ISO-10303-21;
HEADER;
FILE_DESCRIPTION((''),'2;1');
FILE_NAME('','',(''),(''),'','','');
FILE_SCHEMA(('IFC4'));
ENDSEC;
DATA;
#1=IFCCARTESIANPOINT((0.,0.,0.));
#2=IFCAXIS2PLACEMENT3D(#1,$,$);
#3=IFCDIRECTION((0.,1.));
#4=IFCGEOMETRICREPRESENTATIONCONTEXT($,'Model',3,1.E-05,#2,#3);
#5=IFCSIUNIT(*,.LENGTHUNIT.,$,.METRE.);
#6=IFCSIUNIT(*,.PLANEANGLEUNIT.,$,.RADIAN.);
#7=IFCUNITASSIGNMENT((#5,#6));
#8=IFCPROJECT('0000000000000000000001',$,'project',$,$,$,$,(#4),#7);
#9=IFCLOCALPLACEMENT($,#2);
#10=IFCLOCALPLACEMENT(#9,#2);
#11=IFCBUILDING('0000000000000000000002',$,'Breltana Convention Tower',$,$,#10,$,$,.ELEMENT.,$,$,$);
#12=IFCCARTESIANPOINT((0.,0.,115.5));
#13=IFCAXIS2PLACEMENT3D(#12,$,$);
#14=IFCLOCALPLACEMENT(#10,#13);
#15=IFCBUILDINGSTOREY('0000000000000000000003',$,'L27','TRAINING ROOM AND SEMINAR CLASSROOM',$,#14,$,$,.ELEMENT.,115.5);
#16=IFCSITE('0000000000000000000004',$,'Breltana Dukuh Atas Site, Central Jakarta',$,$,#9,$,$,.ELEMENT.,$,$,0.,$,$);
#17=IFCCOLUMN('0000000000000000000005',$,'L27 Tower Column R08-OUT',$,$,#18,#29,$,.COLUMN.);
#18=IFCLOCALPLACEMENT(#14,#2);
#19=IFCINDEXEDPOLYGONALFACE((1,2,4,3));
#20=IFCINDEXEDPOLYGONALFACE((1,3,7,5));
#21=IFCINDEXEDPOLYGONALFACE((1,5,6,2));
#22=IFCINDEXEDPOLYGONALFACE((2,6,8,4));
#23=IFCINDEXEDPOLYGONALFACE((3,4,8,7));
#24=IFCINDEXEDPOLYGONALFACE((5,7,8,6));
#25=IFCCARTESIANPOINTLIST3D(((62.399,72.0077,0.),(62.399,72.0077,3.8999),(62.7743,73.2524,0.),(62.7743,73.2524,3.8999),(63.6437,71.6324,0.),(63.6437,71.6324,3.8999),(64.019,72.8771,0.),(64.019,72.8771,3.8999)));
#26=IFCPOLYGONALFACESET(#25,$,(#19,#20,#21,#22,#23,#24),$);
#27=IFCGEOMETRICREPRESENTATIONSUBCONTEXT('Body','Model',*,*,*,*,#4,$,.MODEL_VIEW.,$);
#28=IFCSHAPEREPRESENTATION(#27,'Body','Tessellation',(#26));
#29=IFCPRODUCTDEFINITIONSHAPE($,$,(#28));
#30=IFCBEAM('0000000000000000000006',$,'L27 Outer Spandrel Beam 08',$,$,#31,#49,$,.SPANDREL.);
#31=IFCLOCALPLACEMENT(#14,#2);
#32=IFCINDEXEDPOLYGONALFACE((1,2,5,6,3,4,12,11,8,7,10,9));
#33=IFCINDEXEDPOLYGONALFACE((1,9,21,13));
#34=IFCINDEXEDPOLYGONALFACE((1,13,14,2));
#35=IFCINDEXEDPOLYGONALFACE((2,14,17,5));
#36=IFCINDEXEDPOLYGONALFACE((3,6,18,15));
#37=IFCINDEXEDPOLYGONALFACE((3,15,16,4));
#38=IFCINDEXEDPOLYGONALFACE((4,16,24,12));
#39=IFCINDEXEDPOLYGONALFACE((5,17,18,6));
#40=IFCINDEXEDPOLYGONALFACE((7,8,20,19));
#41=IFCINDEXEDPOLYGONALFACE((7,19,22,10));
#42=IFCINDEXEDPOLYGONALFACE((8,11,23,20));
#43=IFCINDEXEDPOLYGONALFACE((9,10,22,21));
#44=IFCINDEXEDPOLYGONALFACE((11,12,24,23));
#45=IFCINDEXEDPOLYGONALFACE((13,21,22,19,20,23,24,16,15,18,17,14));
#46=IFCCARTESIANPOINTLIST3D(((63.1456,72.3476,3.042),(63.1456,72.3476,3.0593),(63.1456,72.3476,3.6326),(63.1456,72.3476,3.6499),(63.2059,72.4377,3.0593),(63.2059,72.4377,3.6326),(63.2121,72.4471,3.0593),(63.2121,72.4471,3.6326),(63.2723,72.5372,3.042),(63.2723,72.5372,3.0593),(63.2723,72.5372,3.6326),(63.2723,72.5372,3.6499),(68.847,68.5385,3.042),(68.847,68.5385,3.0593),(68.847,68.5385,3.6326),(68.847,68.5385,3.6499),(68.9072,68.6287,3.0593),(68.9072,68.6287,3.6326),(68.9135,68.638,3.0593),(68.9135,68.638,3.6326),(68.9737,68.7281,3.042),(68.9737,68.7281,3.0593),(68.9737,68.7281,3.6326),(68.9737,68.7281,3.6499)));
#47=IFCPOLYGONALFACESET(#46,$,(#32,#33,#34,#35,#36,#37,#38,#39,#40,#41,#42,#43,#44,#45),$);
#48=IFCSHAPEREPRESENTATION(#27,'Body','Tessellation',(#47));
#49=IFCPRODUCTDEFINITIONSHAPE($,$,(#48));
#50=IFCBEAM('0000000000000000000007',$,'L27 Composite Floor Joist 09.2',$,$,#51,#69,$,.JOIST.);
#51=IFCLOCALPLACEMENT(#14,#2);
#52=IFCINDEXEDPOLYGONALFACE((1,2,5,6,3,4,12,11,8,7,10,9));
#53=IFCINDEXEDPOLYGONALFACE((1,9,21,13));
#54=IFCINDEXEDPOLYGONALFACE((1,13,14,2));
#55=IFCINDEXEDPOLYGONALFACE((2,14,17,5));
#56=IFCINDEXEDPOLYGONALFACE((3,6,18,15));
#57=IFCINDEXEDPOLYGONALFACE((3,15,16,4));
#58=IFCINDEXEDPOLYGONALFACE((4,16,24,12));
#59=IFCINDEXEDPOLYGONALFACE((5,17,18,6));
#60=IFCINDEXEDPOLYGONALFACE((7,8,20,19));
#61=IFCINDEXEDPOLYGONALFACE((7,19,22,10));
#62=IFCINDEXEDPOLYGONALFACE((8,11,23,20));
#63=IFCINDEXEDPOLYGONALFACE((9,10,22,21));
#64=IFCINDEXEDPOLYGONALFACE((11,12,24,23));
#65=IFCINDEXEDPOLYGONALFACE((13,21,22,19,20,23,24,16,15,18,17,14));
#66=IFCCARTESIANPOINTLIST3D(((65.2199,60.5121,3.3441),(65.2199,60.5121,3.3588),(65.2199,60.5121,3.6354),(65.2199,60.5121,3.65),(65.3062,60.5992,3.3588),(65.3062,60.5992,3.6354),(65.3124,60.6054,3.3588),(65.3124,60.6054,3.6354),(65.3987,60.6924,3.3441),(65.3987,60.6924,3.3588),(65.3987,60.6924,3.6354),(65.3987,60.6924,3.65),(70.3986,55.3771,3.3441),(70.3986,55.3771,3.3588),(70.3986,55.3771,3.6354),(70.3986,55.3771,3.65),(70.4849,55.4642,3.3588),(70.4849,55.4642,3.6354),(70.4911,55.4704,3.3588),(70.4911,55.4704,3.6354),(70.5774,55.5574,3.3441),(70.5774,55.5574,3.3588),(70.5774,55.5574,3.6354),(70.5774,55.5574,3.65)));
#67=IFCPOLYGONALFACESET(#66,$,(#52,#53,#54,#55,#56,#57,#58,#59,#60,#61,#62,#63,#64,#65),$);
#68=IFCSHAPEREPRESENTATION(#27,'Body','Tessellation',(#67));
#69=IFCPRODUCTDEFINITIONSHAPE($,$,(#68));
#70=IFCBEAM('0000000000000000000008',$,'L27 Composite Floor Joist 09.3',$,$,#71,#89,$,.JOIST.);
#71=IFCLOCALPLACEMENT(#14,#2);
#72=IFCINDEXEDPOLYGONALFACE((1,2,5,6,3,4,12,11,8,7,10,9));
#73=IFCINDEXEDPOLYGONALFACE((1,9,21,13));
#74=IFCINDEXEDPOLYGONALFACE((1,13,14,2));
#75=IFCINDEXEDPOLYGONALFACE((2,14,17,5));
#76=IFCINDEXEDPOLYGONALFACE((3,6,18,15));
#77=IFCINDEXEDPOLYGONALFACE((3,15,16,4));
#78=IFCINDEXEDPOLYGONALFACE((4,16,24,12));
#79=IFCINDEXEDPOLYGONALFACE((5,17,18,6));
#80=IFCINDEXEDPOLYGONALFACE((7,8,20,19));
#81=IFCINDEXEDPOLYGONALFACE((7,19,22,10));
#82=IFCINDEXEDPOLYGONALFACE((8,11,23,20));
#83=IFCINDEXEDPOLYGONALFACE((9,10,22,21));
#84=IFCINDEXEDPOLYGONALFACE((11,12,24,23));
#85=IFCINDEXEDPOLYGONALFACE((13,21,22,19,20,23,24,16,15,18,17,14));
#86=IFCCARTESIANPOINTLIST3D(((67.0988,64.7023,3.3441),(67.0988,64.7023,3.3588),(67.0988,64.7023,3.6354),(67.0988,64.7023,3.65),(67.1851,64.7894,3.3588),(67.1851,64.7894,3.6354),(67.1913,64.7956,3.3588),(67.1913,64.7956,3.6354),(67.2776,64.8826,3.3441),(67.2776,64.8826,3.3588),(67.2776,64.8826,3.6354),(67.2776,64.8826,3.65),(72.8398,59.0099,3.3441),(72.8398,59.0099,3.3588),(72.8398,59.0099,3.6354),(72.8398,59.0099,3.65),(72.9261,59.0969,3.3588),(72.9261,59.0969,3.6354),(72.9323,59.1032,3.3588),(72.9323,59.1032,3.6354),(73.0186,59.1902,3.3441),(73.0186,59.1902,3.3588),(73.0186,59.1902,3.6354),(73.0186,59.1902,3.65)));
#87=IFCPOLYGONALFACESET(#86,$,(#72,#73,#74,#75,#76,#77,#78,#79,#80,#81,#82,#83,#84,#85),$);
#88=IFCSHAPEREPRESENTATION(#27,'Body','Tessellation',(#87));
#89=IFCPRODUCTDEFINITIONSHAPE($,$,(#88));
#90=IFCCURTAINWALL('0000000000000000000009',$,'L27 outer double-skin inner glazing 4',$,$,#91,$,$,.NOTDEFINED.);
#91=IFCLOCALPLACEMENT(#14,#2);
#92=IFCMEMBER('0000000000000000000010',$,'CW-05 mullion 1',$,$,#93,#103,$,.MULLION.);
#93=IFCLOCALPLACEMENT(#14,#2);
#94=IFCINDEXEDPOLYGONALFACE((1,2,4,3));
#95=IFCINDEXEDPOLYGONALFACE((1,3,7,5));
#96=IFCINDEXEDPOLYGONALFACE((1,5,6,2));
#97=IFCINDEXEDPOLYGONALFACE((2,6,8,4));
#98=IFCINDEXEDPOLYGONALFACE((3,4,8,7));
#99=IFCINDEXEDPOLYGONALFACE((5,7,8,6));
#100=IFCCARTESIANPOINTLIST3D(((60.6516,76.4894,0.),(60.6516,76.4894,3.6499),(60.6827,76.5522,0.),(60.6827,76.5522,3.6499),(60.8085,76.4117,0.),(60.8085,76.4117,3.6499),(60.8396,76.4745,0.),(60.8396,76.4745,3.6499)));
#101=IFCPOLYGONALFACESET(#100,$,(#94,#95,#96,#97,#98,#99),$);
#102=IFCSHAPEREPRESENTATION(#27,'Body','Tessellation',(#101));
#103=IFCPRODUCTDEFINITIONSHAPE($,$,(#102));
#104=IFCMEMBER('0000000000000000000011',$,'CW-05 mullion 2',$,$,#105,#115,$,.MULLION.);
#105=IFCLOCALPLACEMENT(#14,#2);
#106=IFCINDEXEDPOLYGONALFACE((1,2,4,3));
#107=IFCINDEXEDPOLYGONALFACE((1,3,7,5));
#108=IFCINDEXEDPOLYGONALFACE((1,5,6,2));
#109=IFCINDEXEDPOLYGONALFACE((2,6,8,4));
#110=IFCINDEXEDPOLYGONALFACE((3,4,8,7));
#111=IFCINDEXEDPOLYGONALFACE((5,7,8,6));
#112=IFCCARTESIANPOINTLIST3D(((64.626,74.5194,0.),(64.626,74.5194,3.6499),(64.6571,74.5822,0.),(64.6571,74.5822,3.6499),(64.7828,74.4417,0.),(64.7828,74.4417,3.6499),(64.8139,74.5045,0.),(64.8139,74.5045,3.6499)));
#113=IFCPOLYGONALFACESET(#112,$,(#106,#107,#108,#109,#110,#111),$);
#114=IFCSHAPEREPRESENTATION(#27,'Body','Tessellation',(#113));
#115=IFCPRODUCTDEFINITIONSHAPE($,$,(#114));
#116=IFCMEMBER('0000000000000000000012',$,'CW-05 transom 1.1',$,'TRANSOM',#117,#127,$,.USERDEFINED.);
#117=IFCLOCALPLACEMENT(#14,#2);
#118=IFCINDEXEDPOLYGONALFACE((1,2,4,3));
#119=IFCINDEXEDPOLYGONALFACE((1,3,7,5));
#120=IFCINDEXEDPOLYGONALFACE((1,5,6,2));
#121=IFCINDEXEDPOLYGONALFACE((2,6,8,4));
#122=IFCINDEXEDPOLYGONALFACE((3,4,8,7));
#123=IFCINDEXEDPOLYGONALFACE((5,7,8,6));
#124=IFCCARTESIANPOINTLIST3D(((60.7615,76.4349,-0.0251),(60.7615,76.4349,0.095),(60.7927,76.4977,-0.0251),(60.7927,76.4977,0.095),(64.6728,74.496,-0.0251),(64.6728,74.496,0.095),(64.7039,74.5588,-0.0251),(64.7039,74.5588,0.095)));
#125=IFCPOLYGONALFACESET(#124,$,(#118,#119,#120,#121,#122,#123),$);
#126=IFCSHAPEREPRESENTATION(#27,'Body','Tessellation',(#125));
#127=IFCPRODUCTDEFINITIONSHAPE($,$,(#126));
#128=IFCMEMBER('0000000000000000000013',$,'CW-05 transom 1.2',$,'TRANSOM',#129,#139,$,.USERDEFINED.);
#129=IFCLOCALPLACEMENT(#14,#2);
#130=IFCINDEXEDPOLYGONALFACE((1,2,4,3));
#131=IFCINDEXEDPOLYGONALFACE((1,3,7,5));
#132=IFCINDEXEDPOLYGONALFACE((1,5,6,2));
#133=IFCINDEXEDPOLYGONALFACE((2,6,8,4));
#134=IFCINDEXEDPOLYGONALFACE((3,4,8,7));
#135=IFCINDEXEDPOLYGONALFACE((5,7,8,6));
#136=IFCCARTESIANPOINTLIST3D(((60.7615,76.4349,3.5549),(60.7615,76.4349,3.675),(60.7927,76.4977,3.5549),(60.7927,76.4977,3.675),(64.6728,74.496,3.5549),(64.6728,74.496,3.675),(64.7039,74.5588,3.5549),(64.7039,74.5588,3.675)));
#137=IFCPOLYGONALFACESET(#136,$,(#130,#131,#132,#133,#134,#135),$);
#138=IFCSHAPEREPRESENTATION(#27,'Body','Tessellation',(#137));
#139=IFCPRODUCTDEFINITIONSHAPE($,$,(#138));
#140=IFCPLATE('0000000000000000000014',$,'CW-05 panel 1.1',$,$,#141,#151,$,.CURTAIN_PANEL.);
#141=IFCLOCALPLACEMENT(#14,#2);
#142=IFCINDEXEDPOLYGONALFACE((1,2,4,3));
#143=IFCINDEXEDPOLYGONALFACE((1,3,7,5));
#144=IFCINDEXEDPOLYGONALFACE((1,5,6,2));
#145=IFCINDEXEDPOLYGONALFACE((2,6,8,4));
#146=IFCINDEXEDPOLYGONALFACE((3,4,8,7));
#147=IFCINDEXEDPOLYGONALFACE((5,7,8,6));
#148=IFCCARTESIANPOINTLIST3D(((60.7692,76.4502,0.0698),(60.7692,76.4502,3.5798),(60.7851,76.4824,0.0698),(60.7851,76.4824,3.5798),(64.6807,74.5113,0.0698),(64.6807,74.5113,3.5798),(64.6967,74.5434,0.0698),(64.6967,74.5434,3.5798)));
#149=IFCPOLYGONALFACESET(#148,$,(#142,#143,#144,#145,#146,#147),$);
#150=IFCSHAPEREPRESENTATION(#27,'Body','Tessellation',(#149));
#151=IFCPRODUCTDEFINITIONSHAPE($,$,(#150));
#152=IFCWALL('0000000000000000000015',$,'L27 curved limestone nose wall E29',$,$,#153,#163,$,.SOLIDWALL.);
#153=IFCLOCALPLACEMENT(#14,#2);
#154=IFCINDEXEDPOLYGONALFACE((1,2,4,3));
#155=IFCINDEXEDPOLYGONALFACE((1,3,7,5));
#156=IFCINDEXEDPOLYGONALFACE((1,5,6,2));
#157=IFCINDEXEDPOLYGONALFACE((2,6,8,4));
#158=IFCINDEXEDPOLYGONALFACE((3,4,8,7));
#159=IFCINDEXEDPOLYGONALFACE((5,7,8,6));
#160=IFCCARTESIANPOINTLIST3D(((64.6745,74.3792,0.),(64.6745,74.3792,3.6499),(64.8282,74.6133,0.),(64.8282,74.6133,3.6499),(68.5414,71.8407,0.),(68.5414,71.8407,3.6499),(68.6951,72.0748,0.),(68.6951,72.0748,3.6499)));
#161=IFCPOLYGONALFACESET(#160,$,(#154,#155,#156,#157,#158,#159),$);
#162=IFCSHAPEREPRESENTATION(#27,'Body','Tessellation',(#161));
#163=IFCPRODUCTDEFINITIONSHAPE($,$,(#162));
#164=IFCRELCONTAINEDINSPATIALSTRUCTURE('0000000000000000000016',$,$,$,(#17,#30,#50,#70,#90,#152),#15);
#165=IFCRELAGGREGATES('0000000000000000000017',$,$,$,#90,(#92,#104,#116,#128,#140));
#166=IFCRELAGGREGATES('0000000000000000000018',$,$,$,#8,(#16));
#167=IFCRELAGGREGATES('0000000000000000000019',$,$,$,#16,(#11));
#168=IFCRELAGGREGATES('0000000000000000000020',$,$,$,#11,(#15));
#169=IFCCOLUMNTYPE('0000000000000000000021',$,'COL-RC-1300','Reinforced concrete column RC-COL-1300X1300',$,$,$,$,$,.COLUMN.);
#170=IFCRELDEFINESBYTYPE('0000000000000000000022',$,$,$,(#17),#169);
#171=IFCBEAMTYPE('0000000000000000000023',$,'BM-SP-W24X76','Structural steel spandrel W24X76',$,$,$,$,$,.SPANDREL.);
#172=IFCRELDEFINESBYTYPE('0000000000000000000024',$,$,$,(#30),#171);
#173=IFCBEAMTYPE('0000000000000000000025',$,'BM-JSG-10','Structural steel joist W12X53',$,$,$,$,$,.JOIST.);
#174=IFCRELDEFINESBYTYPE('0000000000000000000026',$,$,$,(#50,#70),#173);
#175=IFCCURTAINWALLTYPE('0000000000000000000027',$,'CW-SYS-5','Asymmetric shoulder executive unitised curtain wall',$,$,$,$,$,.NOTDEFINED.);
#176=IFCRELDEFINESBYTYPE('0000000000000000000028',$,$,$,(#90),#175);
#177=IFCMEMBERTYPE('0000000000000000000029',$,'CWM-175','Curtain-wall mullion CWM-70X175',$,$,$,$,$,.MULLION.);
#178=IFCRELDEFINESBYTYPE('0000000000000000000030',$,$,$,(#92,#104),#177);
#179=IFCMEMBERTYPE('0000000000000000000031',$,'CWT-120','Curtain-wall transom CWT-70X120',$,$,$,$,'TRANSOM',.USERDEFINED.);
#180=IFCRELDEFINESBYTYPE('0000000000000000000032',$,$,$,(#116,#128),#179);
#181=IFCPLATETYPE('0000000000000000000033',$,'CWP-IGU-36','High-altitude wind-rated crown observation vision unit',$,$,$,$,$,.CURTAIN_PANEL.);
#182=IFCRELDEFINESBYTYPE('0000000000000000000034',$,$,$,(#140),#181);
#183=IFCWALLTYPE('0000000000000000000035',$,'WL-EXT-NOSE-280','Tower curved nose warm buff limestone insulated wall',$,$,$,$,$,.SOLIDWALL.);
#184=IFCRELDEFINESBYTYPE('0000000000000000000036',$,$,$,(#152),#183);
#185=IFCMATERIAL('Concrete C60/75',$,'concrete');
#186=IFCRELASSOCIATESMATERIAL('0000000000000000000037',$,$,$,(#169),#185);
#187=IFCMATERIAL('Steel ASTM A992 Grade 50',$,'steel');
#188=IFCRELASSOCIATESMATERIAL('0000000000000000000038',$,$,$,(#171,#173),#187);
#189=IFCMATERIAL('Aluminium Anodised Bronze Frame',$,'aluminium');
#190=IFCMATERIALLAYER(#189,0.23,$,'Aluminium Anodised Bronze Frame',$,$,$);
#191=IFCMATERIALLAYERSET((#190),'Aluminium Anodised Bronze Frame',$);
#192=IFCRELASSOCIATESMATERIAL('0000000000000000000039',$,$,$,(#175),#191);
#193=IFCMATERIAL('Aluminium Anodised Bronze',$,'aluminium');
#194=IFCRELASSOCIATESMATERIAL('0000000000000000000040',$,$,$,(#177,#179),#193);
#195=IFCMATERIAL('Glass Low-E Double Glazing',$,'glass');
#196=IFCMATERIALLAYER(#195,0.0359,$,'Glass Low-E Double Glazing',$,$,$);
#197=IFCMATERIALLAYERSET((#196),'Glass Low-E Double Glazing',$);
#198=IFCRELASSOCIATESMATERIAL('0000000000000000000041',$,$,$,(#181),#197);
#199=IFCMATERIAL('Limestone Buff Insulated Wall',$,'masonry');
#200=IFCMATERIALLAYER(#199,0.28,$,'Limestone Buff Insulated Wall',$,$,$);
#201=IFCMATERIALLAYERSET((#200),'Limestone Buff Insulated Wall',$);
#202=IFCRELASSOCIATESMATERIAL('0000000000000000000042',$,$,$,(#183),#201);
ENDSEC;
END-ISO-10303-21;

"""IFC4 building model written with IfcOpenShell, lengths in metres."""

from ifc_helpers import new_model, si_unit, direction, frame, frame_2d, origin, origin_2d, place, context, subcontext, project, spatial, rectangle, i_section, extrude, source, transform, mapped, material, layer, layer_set, material_profile, profile_set, type_object, element, aggregate, save


model = new_model("IFC4")

# Units and contexts
model_context = context("Model", 3, precision=1e-05, world=origin(), true_north=direction((0.0, 1.0)))
body_context = subcontext(model_context, "Body", "Model", "MODEL_VIEW")
ifc_project = project(units=[si_unit("LENGTHUNIT", "METRE"), si_unit("PLANEANGLEUNIT", "RADIAN")], contexts=[model_context])

# Site, building, storey
site_placement = place(None, origin())
site = spatial("IfcSite", under=ifc_project, at=site_placement, Name="Breltana Dukuh Atas Site, Central Jakarta", CompositionType="ELEMENT", RefElevation=0.0)
building_placement = place(site_placement, origin())
building = spatial("IfcBuilding", under=site, at=building_placement, Name="Breltana Convention Tower", CompositionType="ELEMENT")
storey_placement = place(building_placement, frame((0.0, 0.0, 115.5)))
storey = spatial("IfcBuildingStorey", under=building, at=storey_placement, Name="L27", Description="TRAINING ROOM AND SEMINAR CLASSROOM", CompositionType="ELEMENT", Elevation=115.5)

# Column
ifc_material_1 = material(Name="Concrete C60/75", Category="concrete")
ifc_material_profile_1 = material_profile(ifc_material_1, rectangle(XDim=1.3, YDim=1.3, at=origin_2d()), Name="RC-COL-1300X1300")
ifc_profile_set_1 = profile_set([ifc_material_profile_1], Name="Concrete C60/75")
column_type = type_object("IfcColumnType", Name="COL-RC-1300", Description="Reinforced concrete column RC-COL-1300X1300", PredefinedType="COLUMN", material=ifc_profile_set_1)
shared_shape_1 = source(origin(), body_context, "Body", "SweptSolid", [
    extrude(rectangle(XDim=1.3, YDim=1.3, at=origin_2d()), origin(), (0.0, 0.0, 1.0), 3.8999),
])
column_placement = place(storey_placement, frame((63.209, 72.4424, 0.0), z_axis=(0.0, 0.0, 1.0), x_axis=(0.288698, 0.95742, 0.0)))
element("IfcColumn", 1, at=column_placement, inside=storey, type_object=column_type, Name="L27 Tower Column R08-OUT", PredefinedType="COLUMN", context=body_context, shape_type="MappedRepresentation", body=[
    mapped(shared_shape_1, transform((0.0, 0.0, 0.0), scale=1.0)),
])

# Beams
ifc_material_2 = material(Name="Steel ASTM A992 Grade 50", Category="steel")
ifc_material_profile_2 = material_profile(ifc_material_2, i_section(OverallWidth=0.228, OverallDepth=0.6079, WebThickness=0.0112, FlangeThickness=0.0173, at=origin_2d()), Name="W24X76")
ifc_profile_set_2 = profile_set([ifc_material_profile_2], Name="Steel ASTM A992 Grade 50")
beam_type_1 = type_object("IfcBeamType", Name="BM-SP-W24X76", Description="Structural steel spandrel W24X76", PredefinedType="SPANDREL", material=ifc_profile_set_2)
shared_shape_2 = source(origin(), body_context, "Body", "SweptSolid", [
    extrude(i_section(OverallWidth=0.228, OverallDepth=0.6079, WebThickness=0.0112, FlangeThickness=0.0173, at=origin_2d()), origin(), (0.0, 0.0, 1.0), 6.8567),
])
beam_1_placement = place(storey_placement, frame((63.209, 72.4424, 3.3459), z_axis=(0.831502, -0.555522, 0.0), x_axis=(0.555522, 0.831502, 0.0)))
element("IfcBeam", 2, at=beam_1_placement, inside=storey, type_object=beam_type_1, Name="L27 Outer Spandrel Beam 08", PredefinedType="SPANDREL", context=body_context, shape_type="MappedRepresentation", body=[
    mapped(shared_shape_2, transform((0.0, 0.0, 0.0), scale=1.0)),
])
ifc_material_profile_3 = material_profile(ifc_material_2, i_section(OverallWidth=0.2539, OverallDepth=0.3059, WebThickness=0.0088, FlangeThickness=0.0146, at=origin_2d()), Name="W12X53")
ifc_profile_set_3 = profile_set([ifc_material_profile_3], Name="Steel ASTM A992 Grade 50")
beam_type_2 = type_object("IfcBeamType", Name="BM-JSG-10", Description="Structural steel joist W12X53", PredefinedType="JOIST", material=ifc_profile_set_3)
shared_shape_3 = source(origin(), body_context, "Body", "SweptSolid", [
    extrude(i_section(OverallWidth=0.2539, OverallDepth=0.3059, WebThickness=0.0088, FlangeThickness=0.0146, at=origin_2d()), origin(), (0.0, 0.0, 1.0), 7.293),
])
beam_2_placement = place(storey_placement, frame((65.3093, 60.6023, 3.4971), z_axis=(0.710097, -0.704104, 0.0), x_axis=(0.704104, 0.710097, 0.0)))
element("IfcBeam", 3, at=beam_2_placement, inside=storey, type_object=beam_type_2, Name="L27 Composite Floor Joist 09.2", PredefinedType="JOIST", context=body_context, shape_type="MappedRepresentation", body=[
    mapped(shared_shape_3, transform((0.0, 0.0, 0.0), scale=1.0)),
])
shared_shape_4 = source(origin(), body_context, "Body", "SweptSolid", [
    extrude(i_section(OverallWidth=0.2539, OverallDepth=0.3059, WebThickness=0.0088, FlangeThickness=0.0146, at=origin_2d()), origin(), (0.0, 0.0, 1.0), 8.0847),
])
beam_3_placement = place(storey_placement, frame((67.1882, 64.7925, 3.4971), z_axis=(0.710105, -0.704096, 0.0), x_axis=(0.704096, 0.710105, 0.0)))
element("IfcBeam", 4, at=beam_3_placement, inside=storey, type_object=beam_type_2, Name="L27 Composite Floor Joist 09.3", PredefinedType="JOIST", context=body_context, shape_type="MappedRepresentation", body=[
    mapped(shared_shape_4, transform((0.0, 0.0, 0.0), scale=1.0)),
])

# Curtain wall, members, plate
ifc_material_3 = material(Name="Aluminium Anodised Bronze Frame", Category="aluminium")
ifc_layer_1 = layer(ifc_material_3, 0.23, Name="Aluminium Anodised Bronze Frame")
ifc_layer_set_1 = layer_set([ifc_layer_1], Name="Aluminium Anodised Bronze Frame")
curtain_wall_type = type_object("IfcCurtainWallType", Name="CW-SYS-5", Description="Asymmetric shoulder executive unitised curtain wall", PredefinedType="NOTDEFINED", material=ifc_layer_set_1)
curtain_wall_placement = place(storey_placement, origin())
curtain_wall = element("IfcCurtainWall", 5, at=curtain_wall_placement, inside=storey, type_object=curtain_wall_type, Name="L27 outer double-skin inner glazing 4", PredefinedType="NOTDEFINED")
ifc_material_4 = material(Name="Aluminium Anodised Bronze", Category="aluminium")
ifc_material_profile_4 = material_profile(ifc_material_4, rectangle(XDim=0.0701, YDim=0.175, at=origin_2d()), Name="CWM-70X175")
ifc_profile_set_4 = profile_set([ifc_material_profile_4], Name="Aluminium Anodised Bronze")
member_type_1 = type_object("IfcMemberType", Name="CWM-175", Description="Curtain-wall mullion CWM-70X175", PredefinedType="MULLION", material=ifc_profile_set_4)
shared_shape_5 = source(origin(), body_context, "Body", "SweptSolid", [
    extrude(rectangle(XDim=0.0701, YDim=0.175, at=origin_2d()), origin(), (0.0, 0.0, 1.0), 3.6499),
])
member_1_placement = place(storey_placement, frame((60.7456, 76.4819, 0.0), z_axis=(0.0, 0.0, 1.0), x_axis=(0.444122, 0.895967, 0.0)))
member_1 = element("IfcMember", 6, at=member_1_placement, type_object=member_type_1, Name="CW-05 mullion 1", PredefinedType="MULLION", context=body_context, shape_type="MappedRepresentation", body=[
    mapped(shared_shape_5, transform((0.0, 0.0, 0.0), scale=1.0)),
])
member_2_placement = place(storey_placement, frame((64.72, 74.512, 0.0), z_axis=(0.0, 0.0, 1.0), x_axis=(0.444122, 0.895967, 0.0)))
member_2 = element("IfcMember", 7, at=member_2_placement, type_object=member_type_1, Name="CW-05 mullion 2", PredefinedType="MULLION", context=body_context, shape_type="MappedRepresentation", body=[
    mapped(shared_shape_5, transform((0.0, 0.0, 0.0), scale=1.0)),
])
ifc_material_profile_5 = material_profile(ifc_material_4, rectangle(XDim=0.0701, YDim=0.1201, at=origin_2d()), Name="CWT-70X120")
ifc_profile_set_5 = profile_set([ifc_material_profile_5], Name="Aluminium Anodised Bronze")
member_type_2 = type_object("IfcMemberType", Name="CWT-120", Description="Curtain-wall transom CWT-70X120", ElementType="TRANSOM", PredefinedType="USERDEFINED", material=ifc_profile_set_5)
shared_shape_6 = source(origin(), body_context, "Body", "SweptSolid", [
    extrude(rectangle(XDim=0.0701, YDim=0.1201, at=origin_2d()), origin(), (0.0, 0.0, 1.0), 4.3655),
])
member_3_placement = place(storey_placement, frame((60.7771, 76.4663, 0.0349), z_axis=(0.895954, -0.444146, 0.0), x_axis=(0.444146, 0.895954, 0.0)))
member_3 = element("IfcMember", 8, at=member_3_placement, type_object=member_type_2, Name="CW-05 transom 1.1", ObjectType="TRANSOM", PredefinedType="USERDEFINED", context=body_context, shape_type="MappedRepresentation", body=[
    mapped(shared_shape_6, transform((0.0, 0.0, 0.0), scale=1.0)),
])
member_4_placement = place(storey_placement, frame((60.7771, 76.4663, 3.615), z_axis=(0.895954, -0.444146, 0.0), x_axis=(0.444146, 0.895954, 0.0)))
member_4 = element("IfcMember", 9, at=member_4_placement, type_object=member_type_2, Name="CW-05 transom 1.2", ObjectType="TRANSOM", PredefinedType="USERDEFINED", context=body_context, shape_type="MappedRepresentation", body=[
    mapped(shared_shape_6, transform((0.0, 0.0, 0.0), scale=1.0)),
])
ifc_material_5 = material(Name="Glass Low-E Double Glazing", Category="glass")
ifc_layer_2 = layer(ifc_material_5, 0.0359, Name="Glass Low-E Double Glazing")
ifc_layer_set_2 = layer_set([ifc_layer_2], Name="Glass Low-E Double Glazing")
plate_type = type_object("IfcPlateType", Name="CWP-IGU-36", Description="High-altitude wind-rated crown observation vision unit", PredefinedType="CURTAIN_PANEL", material=ifc_layer_set_2)
shared_shape_7 = source(origin(), body_context, "Body", "SweptSolid", [
    extrude(rectangle(XDim=4.3657, YDim=0.0359, at=origin_2d()), origin(), (0.0, 0.0, 1.0), 3.51),
])
plate_placement = place(storey_placement, frame((62.7329, 75.4968, 0.0698), z_axis=(0.0, 0.0, 1.0), x_axis=(0.895967, -0.444122, 0.0)))
plate = element("IfcPlate", 10, at=plate_placement, type_object=plate_type, Name="CW-05 panel 1.1", PredefinedType="CURTAIN_PANEL", context=body_context, shape_type="MappedRepresentation", body=[
    mapped(shared_shape_7, transform((0.0, 0.0, 0.0), scale=1.0)),
])
aggregate(curtain_wall, [member_1, member_2, member_3, member_4, plate])

# Wall
ifc_material_6 = material(Name="Limestone Buff Insulated Wall", Category="masonry")
ifc_layer_3 = layer(ifc_material_6, 0.28, Name="Limestone Buff Insulated Wall")
ifc_layer_set_3 = layer_set([ifc_layer_3], Name="Limestone Buff Insulated Wall")
wall_type_1 = type_object("IfcWallType", Name="WL-EXT-NOSE-280", Description="Tower curved nose warm buff limestone insulated wall", PredefinedType="SOLIDWALL", material=ifc_layer_set_3)
shared_shape_8 = source(origin(), body_context, "Body", "SweptSolid", [
    extrude(rectangle(XDim=4.6257, YDim=0.28, at=frame_2d((2.313, 0.0))), origin(), (0.0, 0.0, 1.0), 3.6499),
])
wall_1_placement = place(storey_placement, frame((64.7512, 74.4963, 0.0), z_axis=(0.0, 0.0, 1.0), x_axis=(0.835959, -0.548791, 0.0)))
element("IfcWall", 11, at=wall_1_placement, inside=storey, type_object=wall_type_1, Name="L27 curved limestone nose wall E29", PredefinedType="SOLIDWALL", context=body_context, shape_type="MappedRepresentation", body=[
    mapped(shared_shape_8, transform((0.0, 0.0, 0.0), scale=1.0)),
])

save(model, "model.ifc")
